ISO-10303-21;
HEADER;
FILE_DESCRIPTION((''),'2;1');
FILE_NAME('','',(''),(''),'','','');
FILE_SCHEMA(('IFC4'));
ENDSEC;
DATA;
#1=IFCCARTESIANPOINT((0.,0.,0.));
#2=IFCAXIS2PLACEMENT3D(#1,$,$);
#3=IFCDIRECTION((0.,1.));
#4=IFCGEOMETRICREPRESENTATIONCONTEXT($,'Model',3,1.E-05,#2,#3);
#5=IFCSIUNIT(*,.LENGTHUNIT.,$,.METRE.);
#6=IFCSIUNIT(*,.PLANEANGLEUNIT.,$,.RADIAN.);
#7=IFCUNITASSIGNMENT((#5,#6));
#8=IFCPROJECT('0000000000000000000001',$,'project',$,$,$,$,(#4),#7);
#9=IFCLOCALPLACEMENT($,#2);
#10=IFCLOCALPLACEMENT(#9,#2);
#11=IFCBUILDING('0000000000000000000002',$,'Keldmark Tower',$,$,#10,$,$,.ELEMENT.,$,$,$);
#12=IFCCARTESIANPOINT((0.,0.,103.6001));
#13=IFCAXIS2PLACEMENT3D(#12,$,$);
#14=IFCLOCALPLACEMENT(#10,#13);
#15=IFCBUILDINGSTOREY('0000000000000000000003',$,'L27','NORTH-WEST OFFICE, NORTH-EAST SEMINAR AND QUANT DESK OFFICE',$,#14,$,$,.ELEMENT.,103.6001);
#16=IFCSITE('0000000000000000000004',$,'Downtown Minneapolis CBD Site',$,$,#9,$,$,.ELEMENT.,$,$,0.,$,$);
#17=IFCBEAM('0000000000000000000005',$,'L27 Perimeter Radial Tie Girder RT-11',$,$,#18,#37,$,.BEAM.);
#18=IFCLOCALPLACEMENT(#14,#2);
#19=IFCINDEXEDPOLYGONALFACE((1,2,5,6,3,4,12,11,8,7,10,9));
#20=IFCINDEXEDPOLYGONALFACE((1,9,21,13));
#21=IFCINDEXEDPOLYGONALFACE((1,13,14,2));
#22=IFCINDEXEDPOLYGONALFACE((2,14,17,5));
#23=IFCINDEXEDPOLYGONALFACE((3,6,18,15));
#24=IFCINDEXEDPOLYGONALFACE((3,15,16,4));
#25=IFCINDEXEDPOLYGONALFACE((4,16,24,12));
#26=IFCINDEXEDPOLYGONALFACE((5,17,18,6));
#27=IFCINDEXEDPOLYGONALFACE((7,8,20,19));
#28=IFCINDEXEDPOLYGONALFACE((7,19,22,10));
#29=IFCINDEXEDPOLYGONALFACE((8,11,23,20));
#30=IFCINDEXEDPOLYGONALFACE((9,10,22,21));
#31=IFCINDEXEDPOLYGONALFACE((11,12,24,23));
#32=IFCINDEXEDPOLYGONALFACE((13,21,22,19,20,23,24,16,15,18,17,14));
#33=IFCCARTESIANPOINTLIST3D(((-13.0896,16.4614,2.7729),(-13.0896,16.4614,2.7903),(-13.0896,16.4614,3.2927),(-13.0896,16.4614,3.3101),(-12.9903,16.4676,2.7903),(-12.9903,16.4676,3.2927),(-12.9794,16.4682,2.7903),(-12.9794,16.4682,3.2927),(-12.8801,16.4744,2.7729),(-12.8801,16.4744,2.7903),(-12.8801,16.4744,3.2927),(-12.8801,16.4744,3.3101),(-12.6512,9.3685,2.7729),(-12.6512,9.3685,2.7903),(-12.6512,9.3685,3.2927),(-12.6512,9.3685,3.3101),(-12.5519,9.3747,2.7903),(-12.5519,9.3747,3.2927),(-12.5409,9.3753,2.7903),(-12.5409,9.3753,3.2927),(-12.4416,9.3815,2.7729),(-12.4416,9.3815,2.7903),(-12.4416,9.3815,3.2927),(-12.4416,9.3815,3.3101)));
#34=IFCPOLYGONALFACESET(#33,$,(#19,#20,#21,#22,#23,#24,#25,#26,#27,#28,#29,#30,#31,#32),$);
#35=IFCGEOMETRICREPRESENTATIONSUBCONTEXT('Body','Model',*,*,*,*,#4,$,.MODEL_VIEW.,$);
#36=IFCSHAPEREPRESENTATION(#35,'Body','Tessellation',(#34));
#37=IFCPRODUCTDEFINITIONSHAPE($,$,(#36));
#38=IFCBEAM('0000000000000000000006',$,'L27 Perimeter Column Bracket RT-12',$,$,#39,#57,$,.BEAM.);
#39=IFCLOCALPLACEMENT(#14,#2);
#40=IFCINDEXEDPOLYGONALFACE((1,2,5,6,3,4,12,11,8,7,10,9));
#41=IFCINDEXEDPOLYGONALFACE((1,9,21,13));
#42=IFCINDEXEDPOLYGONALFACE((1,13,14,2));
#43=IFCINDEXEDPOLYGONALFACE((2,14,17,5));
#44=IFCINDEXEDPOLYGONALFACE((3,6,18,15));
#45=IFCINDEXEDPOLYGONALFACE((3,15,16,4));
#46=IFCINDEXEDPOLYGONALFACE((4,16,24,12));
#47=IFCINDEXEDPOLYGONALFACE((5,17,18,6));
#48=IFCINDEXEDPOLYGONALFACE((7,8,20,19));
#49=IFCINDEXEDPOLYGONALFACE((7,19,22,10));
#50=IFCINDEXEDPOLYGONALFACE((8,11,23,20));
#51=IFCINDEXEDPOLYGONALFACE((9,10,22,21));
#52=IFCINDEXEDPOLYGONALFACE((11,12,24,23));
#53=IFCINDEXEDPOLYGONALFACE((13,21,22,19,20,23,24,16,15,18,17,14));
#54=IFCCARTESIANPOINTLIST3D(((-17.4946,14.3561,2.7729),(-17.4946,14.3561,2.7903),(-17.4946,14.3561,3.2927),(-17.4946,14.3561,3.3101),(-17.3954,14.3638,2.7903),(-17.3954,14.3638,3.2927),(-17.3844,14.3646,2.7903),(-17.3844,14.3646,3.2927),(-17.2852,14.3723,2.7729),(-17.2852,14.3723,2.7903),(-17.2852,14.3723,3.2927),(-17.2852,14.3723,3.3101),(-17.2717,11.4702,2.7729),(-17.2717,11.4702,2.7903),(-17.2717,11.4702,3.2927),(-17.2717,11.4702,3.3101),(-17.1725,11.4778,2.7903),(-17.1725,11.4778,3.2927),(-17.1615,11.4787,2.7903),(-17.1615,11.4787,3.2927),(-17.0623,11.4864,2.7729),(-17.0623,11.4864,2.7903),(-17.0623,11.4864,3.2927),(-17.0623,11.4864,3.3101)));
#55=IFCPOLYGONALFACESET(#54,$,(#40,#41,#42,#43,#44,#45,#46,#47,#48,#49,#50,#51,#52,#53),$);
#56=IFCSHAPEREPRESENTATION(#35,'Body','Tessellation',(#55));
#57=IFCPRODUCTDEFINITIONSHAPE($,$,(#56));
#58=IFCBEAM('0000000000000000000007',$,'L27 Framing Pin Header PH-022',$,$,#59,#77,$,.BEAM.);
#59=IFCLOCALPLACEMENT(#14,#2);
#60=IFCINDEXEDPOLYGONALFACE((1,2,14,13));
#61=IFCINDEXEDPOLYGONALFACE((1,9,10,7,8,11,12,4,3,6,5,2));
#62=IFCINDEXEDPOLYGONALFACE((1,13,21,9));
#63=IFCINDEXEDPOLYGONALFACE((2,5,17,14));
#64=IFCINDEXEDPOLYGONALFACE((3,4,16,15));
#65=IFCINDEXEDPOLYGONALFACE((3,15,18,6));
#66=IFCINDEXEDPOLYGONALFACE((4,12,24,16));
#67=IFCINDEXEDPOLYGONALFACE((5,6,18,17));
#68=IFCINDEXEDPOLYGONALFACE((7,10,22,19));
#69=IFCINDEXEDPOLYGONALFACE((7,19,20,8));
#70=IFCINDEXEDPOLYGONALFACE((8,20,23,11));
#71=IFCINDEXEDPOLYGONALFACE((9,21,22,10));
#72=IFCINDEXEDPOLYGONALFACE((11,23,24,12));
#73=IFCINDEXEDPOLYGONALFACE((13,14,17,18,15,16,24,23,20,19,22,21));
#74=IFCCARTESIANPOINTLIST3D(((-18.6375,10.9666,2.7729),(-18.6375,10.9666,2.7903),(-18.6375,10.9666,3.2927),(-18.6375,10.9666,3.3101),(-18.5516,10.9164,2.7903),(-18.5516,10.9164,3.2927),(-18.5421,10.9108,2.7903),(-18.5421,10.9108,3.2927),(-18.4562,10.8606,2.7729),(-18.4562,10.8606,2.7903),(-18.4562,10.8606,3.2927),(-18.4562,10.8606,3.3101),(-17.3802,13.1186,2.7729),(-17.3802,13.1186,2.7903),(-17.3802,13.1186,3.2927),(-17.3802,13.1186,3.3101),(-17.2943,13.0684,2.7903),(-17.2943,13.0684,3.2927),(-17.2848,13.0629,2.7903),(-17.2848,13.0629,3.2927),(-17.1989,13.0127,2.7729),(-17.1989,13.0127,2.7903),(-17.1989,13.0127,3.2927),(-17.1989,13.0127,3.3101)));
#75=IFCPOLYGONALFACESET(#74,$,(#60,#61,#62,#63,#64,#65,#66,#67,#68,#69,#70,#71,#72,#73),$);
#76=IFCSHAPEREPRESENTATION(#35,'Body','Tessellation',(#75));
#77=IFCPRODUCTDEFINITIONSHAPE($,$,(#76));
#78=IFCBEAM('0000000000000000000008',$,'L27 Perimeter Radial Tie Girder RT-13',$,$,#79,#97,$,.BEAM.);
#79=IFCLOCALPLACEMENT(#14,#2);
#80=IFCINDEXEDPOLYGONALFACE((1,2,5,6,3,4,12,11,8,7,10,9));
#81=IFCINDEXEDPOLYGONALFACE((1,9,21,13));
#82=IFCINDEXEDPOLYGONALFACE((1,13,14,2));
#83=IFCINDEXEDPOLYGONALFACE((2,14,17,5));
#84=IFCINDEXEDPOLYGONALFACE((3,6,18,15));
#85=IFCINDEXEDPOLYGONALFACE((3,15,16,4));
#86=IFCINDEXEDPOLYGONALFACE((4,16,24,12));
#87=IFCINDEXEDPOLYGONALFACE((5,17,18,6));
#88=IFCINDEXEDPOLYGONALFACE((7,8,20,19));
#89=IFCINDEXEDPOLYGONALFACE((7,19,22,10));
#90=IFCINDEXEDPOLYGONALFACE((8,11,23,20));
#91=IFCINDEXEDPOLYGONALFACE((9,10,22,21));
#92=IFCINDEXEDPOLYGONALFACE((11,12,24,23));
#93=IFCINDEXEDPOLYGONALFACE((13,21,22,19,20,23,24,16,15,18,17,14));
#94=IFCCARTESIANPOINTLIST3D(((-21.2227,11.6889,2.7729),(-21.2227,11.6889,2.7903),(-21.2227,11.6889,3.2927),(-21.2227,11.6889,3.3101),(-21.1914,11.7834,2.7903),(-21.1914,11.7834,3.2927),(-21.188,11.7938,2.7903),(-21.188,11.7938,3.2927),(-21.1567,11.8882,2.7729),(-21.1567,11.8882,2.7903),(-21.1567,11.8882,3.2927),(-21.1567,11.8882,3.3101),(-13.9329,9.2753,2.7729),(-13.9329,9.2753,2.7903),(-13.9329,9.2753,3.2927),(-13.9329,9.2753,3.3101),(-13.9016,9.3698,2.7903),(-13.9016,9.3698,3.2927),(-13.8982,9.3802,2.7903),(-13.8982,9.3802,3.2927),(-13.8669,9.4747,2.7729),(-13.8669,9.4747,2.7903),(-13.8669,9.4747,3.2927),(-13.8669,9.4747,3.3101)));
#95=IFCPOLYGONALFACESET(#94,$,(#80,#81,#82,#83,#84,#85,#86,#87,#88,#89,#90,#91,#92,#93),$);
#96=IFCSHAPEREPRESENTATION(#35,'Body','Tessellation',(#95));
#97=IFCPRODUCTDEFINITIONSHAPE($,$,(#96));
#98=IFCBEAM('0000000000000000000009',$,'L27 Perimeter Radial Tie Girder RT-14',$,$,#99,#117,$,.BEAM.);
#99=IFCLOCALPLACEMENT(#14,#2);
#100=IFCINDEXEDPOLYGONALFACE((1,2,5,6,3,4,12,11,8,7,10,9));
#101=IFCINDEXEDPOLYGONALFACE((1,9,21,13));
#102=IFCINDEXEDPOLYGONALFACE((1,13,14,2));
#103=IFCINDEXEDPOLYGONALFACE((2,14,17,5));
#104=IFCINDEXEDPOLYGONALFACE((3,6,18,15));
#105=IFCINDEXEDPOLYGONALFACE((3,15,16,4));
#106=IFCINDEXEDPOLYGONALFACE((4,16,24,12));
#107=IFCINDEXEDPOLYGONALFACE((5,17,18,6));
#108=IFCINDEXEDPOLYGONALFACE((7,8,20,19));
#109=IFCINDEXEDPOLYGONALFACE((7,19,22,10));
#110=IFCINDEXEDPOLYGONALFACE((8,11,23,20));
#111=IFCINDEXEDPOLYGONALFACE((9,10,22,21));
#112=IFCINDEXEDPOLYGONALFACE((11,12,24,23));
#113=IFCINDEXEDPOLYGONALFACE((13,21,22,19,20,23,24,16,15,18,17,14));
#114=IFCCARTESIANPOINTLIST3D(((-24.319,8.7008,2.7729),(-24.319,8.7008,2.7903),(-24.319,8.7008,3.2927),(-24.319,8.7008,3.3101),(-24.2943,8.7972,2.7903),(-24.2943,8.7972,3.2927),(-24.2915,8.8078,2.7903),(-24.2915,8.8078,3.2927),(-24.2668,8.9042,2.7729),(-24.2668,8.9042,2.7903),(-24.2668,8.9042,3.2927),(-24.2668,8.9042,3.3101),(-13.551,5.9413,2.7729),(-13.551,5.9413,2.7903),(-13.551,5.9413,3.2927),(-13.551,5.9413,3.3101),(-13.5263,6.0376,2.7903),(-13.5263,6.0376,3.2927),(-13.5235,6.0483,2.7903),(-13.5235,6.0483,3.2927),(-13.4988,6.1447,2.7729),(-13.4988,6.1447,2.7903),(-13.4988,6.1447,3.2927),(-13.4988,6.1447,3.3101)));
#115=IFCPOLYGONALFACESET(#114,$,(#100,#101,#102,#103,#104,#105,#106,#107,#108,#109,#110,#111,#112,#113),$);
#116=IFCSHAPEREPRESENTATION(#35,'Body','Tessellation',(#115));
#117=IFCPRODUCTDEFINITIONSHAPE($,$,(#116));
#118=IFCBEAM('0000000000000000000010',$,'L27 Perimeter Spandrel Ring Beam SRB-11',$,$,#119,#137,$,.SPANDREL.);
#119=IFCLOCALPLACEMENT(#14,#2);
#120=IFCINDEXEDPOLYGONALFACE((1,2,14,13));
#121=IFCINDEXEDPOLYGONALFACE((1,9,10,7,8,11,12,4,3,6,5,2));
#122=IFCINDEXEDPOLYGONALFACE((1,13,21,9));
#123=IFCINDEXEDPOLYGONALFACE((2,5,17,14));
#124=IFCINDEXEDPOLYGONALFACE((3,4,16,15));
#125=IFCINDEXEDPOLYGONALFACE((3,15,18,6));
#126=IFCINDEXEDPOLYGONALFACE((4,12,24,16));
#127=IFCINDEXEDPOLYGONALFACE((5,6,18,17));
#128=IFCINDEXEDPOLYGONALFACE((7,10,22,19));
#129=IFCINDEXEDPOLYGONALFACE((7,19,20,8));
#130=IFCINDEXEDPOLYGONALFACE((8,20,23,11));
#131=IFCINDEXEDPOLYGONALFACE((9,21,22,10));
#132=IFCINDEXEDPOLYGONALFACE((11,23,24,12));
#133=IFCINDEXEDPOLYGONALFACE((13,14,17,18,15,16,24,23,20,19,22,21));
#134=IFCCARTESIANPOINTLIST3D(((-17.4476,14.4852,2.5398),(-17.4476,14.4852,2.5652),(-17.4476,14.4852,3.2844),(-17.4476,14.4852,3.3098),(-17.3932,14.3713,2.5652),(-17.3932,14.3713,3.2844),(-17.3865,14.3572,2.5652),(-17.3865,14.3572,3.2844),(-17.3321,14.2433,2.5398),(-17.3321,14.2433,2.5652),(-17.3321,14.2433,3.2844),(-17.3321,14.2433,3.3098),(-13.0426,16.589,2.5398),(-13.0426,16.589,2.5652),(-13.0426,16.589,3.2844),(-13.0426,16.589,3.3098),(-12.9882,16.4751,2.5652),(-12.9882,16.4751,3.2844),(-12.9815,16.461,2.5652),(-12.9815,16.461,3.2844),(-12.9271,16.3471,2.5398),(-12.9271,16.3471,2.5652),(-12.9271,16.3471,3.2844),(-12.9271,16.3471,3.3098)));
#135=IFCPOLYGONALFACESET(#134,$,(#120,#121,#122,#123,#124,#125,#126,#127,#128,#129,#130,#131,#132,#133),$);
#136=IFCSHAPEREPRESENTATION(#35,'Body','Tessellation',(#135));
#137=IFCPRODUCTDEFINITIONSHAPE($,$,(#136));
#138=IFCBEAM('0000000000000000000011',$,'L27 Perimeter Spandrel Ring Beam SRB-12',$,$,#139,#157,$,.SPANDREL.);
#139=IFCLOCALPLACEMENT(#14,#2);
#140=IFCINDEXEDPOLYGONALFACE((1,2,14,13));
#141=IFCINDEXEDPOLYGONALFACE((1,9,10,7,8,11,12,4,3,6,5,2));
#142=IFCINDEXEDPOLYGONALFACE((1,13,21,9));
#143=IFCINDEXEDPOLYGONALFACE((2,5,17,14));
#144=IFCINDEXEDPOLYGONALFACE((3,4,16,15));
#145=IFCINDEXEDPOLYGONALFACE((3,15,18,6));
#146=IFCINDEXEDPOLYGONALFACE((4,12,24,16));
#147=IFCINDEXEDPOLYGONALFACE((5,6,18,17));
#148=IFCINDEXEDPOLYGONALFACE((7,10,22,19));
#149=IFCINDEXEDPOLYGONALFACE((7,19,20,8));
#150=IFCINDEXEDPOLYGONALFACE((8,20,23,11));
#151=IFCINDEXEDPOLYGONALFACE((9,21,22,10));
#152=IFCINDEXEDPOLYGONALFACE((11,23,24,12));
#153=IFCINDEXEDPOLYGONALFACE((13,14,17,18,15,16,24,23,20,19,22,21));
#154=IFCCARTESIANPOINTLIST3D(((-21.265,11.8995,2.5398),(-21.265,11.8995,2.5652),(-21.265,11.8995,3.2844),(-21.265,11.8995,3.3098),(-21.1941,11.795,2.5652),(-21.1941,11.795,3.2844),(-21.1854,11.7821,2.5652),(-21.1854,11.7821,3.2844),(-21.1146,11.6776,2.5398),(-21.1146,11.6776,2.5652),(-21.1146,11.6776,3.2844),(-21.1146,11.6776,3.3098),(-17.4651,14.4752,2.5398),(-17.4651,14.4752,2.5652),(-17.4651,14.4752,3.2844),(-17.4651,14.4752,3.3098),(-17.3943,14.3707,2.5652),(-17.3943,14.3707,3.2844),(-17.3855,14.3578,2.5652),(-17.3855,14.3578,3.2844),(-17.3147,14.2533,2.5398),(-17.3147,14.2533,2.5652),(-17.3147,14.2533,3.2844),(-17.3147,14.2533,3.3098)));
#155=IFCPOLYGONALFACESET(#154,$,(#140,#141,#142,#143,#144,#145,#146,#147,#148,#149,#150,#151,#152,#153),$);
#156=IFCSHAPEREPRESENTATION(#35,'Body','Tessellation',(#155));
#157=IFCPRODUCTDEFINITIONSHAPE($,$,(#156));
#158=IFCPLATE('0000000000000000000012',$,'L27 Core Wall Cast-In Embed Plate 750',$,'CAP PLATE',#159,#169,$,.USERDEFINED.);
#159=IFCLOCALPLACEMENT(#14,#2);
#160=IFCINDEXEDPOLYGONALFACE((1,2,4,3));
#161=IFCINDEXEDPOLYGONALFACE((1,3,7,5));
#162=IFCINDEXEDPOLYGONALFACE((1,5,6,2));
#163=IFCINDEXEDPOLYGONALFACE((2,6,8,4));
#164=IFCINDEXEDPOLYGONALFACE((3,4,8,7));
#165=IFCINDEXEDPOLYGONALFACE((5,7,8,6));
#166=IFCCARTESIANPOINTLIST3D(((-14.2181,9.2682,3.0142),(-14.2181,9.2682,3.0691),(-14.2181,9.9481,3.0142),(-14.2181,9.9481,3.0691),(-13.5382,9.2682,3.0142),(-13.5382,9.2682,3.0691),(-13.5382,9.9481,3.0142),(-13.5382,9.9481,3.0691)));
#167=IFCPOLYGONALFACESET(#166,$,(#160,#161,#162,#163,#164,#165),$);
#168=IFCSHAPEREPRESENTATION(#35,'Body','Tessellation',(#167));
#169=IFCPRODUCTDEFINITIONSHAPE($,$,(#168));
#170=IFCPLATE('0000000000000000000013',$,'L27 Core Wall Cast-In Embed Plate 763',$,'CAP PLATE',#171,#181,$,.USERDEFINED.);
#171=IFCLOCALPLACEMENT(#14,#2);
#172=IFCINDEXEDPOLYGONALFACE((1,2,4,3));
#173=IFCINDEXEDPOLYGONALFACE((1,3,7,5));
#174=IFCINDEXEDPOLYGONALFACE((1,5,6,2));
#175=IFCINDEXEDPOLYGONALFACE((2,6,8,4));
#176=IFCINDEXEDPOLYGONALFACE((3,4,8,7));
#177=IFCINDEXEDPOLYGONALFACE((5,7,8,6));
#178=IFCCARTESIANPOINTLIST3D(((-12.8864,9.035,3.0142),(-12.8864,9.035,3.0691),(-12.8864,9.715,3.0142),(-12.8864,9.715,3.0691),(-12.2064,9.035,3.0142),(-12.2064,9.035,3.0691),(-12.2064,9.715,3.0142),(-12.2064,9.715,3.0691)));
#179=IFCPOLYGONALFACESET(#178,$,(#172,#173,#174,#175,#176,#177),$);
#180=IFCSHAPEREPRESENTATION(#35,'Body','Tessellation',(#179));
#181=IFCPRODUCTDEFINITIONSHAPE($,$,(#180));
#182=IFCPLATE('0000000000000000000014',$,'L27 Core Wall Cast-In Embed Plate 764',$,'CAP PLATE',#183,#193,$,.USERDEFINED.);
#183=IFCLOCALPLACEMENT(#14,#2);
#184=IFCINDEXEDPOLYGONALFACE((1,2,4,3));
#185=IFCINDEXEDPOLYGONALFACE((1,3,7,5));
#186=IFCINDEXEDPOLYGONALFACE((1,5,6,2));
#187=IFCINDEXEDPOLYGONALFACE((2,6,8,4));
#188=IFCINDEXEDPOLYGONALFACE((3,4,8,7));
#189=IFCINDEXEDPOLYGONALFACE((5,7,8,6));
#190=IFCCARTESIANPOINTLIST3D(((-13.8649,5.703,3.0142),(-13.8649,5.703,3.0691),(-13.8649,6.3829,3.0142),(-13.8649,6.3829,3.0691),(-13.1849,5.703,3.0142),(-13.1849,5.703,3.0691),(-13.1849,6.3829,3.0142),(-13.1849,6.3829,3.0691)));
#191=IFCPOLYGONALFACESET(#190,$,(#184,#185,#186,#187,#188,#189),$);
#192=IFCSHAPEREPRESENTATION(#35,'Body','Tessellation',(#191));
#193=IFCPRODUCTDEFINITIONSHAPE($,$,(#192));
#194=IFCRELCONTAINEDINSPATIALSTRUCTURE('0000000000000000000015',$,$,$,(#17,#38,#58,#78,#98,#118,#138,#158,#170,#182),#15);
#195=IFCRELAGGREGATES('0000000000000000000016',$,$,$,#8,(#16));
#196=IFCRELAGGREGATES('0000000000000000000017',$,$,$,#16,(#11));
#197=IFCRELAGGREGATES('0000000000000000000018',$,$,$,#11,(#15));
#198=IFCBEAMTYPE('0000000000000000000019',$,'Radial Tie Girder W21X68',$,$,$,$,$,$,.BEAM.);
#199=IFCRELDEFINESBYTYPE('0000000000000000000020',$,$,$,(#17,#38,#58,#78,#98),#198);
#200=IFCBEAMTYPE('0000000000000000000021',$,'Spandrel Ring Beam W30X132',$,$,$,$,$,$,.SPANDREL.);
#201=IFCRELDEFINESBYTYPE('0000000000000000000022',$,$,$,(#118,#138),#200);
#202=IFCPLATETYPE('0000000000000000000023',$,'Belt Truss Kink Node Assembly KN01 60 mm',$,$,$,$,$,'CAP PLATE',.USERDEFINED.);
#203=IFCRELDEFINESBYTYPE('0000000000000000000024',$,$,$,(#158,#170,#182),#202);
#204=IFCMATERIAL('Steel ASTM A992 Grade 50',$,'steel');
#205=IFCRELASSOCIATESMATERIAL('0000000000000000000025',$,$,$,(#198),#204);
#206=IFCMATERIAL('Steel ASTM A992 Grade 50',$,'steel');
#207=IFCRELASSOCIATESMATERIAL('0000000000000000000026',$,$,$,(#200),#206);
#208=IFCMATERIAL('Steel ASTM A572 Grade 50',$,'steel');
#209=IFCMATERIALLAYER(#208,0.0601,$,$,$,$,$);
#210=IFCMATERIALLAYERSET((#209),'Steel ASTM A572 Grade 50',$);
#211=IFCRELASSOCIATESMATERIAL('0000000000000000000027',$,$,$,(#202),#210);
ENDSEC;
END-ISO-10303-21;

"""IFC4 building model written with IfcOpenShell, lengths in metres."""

from ifc_helpers import new_model, si_unit, direction, frame, origin, origin_2d, place, context, subcontext, project, spatial, rectangle, i_section, extrude, material, layer, layer_set, material_profile, profile_set, type_object, element, save


model = new_model("IFC4")

# Units and contexts
model_context = context("Model", 3, precision=1e-05, world=origin(), true_north=direction((0.0, 1.0)))
body_context = subcontext(model_context, "Body", "Model", "MODEL_VIEW")
ifc_project = project(units=[si_unit("LENGTHUNIT", "METRE"), si_unit("PLANEANGLEUNIT", "RADIAN")], contexts=[model_context])

# Site, building, storey
site_placement = place(None, origin())
site = spatial("IfcSite", under=ifc_project, at=site_placement, Name="Downtown Minneapolis CBD Site", CompositionType="ELEMENT", RefElevation=0.0)
building_placement = place(site_placement, origin())
building = spatial("IfcBuilding", under=site, at=building_placement, Name="Keldmark Tower", CompositionType="ELEMENT")
storey_placement = place(building_placement, frame((0.0, 0.0, 103.6001)))
storey = spatial("IfcBuildingStorey", under=building, at=storey_placement, Name="L27", Description="NORTH-WEST OFFICE, NORTH-EAST SEMINAR AND QUANT DESK OFFICE", CompositionType="ELEMENT", Elevation=103.6001)

# Beams
ifc_material_1 = material(Name="Steel ASTM A992 Grade 50", Category="steel")
ifc_material_profile_1 = material_profile(ifc_material_1, i_section(OverallWidth=0.21, OverallDepth=0.5371, WebThickness=0.011, FlangeThickness=0.0173, at=origin_2d()), Name="W21X68")
ifc_profile_set_1 = profile_set([ifc_material_profile_1], Name="Steel ASTM A992 Grade 50")
beam_type_1 = type_object("IfcBeamType", Name="Radial Tie Girder W21X68", PredefinedType="BEAM", material=ifc_profile_set_1)
beam_1_placement = place(storey_placement, frame((-12.5464, 9.375, 3.0415), z_axis=(-0.0617, 0.998095, 0.0), x_axis=(-0.998095, -0.0617, 0.0)))
element("IfcBeam", 1, at=beam_1_placement, inside=storey, type_object=beam_type_1, Name="L27 Perimeter Radial Tie Girder RT-11", PredefinedType="BEAM", context=body_context, shape_type="SweptSolid", body=[
    extrude(i_section(OverallWidth=0.21, OverallDepth=0.5371, WebThickness=0.011, FlangeThickness=0.0173, at=origin_2d()), origin(), (0.0, 0.0, 1.0), 7.1064),
])
beam_2_placement = place(storey_placement, frame((-17.167, 11.4783, 3.0415), z_axis=(-0.077006, 0.997031, 0.0), x_axis=(-0.997031, -0.077006, 0.0)))
element("IfcBeam", 2, at=beam_2_placement, inside=storey, type_object=beam_type_1, Name="L27 Perimeter Column Bracket RT-12", PredefinedType="BEAM", context=body_context, shape_type="SweptSolid", body=[
    extrude(i_section(OverallWidth=0.21, OverallDepth=0.5371, WebThickness=0.011, FlangeThickness=0.0173, at=origin_2d()), origin(), (0.0, 0.0, 1.0), 2.8945),
])
beam_3_placement = place(storey_placement, frame((-17.2896, 13.0657, 3.0415), z_axis=(-0.504449, -0.863441, 0.0), x_axis=(0.863441, -0.504449, 0.0)))
element("IfcBeam", 3, at=beam_3_placement, inside=storey, type_object=beam_type_1, Name="L27 Framing Pin Header PH-022", PredefinedType="BEAM", context=body_context, shape_type="SweptSolid", body=[
    extrude(i_section(OverallWidth=0.21, OverallDepth=0.5371, WebThickness=0.011, FlangeThickness=0.0173, at=origin_2d()), origin(), (0.0, 0.0, 1.0), 2.4924),
])
beam_4_placement = place(storey_placement, frame((-13.8999, 9.375, 3.0415), z_axis=(-0.94932, 0.31431, 0.0), x_axis=(-0.31431, -0.94932, 0.0)))
element("IfcBeam", 4, at=beam_4_placement, inside=storey, type_object=beam_type_1, Name="L27 Perimeter Radial Tie Girder RT-13", PredefinedType="BEAM", context=body_context, shape_type="SweptSolid", body=[
    extrude(i_section(OverallWidth=0.21, OverallDepth=0.5371, WebThickness=0.011, FlangeThickness=0.0173, at=origin_2d()), origin(), (0.0, 0.0, 1.0), 7.679),
])
beam_5_placement = place(storey_placement, frame((-13.5249, 6.043, 3.0415), z_axis=(-0.968697, 0.248247, 0.0), x_axis=(-0.248247, -0.968697, 0.0)))
element("IfcBeam", 5, at=beam_5_placement, inside=storey, type_object=beam_type_1, Name="L27 Perimeter Radial Tie Girder RT-14", PredefinedType="BEAM", context=body_context, shape_type="SweptSolid", body=[
    extrude(i_section(OverallWidth=0.21, OverallDepth=0.5371, WebThickness=0.011, FlangeThickness=0.0173, at=origin_2d()), origin(), (0.0, 0.0, 1.0), 11.116),
])
ifc_material_2 = material(Name="Steel ASTM A992 Grade 50", Category="steel")
ifc_material_profile_2 = material_profile(ifc_material_2, i_section(OverallWidth=0.2681, OverallDepth=0.77, WebThickness=0.0156, FlangeThickness=0.0254, at=origin_2d()), Name="W30X132")
ifc_profile_set_2 = profile_set([ifc_material_profile_2], Name="Steel ASTM A992 Grade 50")
beam_type_2 = type_object("IfcBeamType", Name="Spandrel Ring Beam W30X132", PredefinedType="SPANDREL", material=ifc_profile_set_2)
beam_6_placement = place(storey_placement, frame((-12.9849, 16.468, 2.9248), z_axis=(-0.902373, -0.430956, 0.0), x_axis=(0.430956, -0.902373, 0.0)))
element("IfcBeam", 6, at=beam_6_placement, inside=storey, type_object=beam_type_2, Name="L27 Perimeter Spandrel Ring Beam SRB-11", PredefinedType="SPANDREL", context=body_context, shape_type="SweptSolid", body=[
    extrude(i_section(OverallWidth=0.2681, OverallDepth=0.77, WebThickness=0.0156, FlangeThickness=0.0254, at=origin_2d()), origin(), (0.0, 0.0, 1.0), 4.8816),
])
beam_7_placement = place(storey_placement, frame((-17.3899, 14.3643, 2.9248), z_axis=(-0.827755, -0.56109, 0.0), x_axis=(0.56109, -0.827755, 0.0)))
element("IfcBeam", 7, at=beam_7_placement, inside=storey, type_object=beam_type_2, Name="L27 Perimeter Spandrel Ring Beam SRB-12", PredefinedType="SPANDREL", context=body_context, shape_type="SweptSolid", body=[
    extrude(i_section(OverallWidth=0.2681, OverallDepth=0.77, WebThickness=0.0156, FlangeThickness=0.0254, at=origin_2d()), origin(), (0.0, 0.0, 1.0), 4.5906),
])

# Plates
ifc_material_3 = material(Name="Steel ASTM A572 Grade 50", Category="steel")
ifc_layer_1 = layer(ifc_material_3, 0.0601)
ifc_layer_set_1 = layer_set([ifc_layer_1], Name="Steel ASTM A572 Grade 50")
plate_type_1 = type_object("IfcPlateType", Name="Belt Truss Kink Node Assembly KN01 60 mm", ElementType="CAP PLATE", PredefinedType="USERDEFINED", material=ifc_layer_set_1)
for number, where, z_axis, x_axis, name in (
    (8, (-13.8782, 9.6082, 3.0142), (0.0, 0.0, 1.0), (1.0, 0.0, 0.0), "L27 Core Wall Cast-In Embed Plate 750"),
    (9, (-12.5464, 9.375, 3.0142), (0.0, 0.0, 1.0), (1.0, 0.0, 0.0), "L27 Core Wall Cast-In Embed Plate 763"),
    (10, (-13.5249, 6.043, 3.0142), (0.0, 0.0, 1.0), (1.0, 0.0, 0.0), "L27 Core Wall Cast-In Embed Plate 764"),
):
    element("IfcPlate", number, at=place(storey_placement, frame(where, z_axis=z_axis, x_axis=x_axis)), inside=storey, type_object=plate_type_1, Name=name, ObjectType="CAP PLATE", PredefinedType="USERDEFINED", context=body_context, shape_type="SweptSolid", body=[
        extrude(rectangle(XDim=0.6799, YDim=0.6799, at=origin_2d()), origin(), (0.0, 0.0, 1.0), 0.0549),
    ])

save(model, "model.ifc")
